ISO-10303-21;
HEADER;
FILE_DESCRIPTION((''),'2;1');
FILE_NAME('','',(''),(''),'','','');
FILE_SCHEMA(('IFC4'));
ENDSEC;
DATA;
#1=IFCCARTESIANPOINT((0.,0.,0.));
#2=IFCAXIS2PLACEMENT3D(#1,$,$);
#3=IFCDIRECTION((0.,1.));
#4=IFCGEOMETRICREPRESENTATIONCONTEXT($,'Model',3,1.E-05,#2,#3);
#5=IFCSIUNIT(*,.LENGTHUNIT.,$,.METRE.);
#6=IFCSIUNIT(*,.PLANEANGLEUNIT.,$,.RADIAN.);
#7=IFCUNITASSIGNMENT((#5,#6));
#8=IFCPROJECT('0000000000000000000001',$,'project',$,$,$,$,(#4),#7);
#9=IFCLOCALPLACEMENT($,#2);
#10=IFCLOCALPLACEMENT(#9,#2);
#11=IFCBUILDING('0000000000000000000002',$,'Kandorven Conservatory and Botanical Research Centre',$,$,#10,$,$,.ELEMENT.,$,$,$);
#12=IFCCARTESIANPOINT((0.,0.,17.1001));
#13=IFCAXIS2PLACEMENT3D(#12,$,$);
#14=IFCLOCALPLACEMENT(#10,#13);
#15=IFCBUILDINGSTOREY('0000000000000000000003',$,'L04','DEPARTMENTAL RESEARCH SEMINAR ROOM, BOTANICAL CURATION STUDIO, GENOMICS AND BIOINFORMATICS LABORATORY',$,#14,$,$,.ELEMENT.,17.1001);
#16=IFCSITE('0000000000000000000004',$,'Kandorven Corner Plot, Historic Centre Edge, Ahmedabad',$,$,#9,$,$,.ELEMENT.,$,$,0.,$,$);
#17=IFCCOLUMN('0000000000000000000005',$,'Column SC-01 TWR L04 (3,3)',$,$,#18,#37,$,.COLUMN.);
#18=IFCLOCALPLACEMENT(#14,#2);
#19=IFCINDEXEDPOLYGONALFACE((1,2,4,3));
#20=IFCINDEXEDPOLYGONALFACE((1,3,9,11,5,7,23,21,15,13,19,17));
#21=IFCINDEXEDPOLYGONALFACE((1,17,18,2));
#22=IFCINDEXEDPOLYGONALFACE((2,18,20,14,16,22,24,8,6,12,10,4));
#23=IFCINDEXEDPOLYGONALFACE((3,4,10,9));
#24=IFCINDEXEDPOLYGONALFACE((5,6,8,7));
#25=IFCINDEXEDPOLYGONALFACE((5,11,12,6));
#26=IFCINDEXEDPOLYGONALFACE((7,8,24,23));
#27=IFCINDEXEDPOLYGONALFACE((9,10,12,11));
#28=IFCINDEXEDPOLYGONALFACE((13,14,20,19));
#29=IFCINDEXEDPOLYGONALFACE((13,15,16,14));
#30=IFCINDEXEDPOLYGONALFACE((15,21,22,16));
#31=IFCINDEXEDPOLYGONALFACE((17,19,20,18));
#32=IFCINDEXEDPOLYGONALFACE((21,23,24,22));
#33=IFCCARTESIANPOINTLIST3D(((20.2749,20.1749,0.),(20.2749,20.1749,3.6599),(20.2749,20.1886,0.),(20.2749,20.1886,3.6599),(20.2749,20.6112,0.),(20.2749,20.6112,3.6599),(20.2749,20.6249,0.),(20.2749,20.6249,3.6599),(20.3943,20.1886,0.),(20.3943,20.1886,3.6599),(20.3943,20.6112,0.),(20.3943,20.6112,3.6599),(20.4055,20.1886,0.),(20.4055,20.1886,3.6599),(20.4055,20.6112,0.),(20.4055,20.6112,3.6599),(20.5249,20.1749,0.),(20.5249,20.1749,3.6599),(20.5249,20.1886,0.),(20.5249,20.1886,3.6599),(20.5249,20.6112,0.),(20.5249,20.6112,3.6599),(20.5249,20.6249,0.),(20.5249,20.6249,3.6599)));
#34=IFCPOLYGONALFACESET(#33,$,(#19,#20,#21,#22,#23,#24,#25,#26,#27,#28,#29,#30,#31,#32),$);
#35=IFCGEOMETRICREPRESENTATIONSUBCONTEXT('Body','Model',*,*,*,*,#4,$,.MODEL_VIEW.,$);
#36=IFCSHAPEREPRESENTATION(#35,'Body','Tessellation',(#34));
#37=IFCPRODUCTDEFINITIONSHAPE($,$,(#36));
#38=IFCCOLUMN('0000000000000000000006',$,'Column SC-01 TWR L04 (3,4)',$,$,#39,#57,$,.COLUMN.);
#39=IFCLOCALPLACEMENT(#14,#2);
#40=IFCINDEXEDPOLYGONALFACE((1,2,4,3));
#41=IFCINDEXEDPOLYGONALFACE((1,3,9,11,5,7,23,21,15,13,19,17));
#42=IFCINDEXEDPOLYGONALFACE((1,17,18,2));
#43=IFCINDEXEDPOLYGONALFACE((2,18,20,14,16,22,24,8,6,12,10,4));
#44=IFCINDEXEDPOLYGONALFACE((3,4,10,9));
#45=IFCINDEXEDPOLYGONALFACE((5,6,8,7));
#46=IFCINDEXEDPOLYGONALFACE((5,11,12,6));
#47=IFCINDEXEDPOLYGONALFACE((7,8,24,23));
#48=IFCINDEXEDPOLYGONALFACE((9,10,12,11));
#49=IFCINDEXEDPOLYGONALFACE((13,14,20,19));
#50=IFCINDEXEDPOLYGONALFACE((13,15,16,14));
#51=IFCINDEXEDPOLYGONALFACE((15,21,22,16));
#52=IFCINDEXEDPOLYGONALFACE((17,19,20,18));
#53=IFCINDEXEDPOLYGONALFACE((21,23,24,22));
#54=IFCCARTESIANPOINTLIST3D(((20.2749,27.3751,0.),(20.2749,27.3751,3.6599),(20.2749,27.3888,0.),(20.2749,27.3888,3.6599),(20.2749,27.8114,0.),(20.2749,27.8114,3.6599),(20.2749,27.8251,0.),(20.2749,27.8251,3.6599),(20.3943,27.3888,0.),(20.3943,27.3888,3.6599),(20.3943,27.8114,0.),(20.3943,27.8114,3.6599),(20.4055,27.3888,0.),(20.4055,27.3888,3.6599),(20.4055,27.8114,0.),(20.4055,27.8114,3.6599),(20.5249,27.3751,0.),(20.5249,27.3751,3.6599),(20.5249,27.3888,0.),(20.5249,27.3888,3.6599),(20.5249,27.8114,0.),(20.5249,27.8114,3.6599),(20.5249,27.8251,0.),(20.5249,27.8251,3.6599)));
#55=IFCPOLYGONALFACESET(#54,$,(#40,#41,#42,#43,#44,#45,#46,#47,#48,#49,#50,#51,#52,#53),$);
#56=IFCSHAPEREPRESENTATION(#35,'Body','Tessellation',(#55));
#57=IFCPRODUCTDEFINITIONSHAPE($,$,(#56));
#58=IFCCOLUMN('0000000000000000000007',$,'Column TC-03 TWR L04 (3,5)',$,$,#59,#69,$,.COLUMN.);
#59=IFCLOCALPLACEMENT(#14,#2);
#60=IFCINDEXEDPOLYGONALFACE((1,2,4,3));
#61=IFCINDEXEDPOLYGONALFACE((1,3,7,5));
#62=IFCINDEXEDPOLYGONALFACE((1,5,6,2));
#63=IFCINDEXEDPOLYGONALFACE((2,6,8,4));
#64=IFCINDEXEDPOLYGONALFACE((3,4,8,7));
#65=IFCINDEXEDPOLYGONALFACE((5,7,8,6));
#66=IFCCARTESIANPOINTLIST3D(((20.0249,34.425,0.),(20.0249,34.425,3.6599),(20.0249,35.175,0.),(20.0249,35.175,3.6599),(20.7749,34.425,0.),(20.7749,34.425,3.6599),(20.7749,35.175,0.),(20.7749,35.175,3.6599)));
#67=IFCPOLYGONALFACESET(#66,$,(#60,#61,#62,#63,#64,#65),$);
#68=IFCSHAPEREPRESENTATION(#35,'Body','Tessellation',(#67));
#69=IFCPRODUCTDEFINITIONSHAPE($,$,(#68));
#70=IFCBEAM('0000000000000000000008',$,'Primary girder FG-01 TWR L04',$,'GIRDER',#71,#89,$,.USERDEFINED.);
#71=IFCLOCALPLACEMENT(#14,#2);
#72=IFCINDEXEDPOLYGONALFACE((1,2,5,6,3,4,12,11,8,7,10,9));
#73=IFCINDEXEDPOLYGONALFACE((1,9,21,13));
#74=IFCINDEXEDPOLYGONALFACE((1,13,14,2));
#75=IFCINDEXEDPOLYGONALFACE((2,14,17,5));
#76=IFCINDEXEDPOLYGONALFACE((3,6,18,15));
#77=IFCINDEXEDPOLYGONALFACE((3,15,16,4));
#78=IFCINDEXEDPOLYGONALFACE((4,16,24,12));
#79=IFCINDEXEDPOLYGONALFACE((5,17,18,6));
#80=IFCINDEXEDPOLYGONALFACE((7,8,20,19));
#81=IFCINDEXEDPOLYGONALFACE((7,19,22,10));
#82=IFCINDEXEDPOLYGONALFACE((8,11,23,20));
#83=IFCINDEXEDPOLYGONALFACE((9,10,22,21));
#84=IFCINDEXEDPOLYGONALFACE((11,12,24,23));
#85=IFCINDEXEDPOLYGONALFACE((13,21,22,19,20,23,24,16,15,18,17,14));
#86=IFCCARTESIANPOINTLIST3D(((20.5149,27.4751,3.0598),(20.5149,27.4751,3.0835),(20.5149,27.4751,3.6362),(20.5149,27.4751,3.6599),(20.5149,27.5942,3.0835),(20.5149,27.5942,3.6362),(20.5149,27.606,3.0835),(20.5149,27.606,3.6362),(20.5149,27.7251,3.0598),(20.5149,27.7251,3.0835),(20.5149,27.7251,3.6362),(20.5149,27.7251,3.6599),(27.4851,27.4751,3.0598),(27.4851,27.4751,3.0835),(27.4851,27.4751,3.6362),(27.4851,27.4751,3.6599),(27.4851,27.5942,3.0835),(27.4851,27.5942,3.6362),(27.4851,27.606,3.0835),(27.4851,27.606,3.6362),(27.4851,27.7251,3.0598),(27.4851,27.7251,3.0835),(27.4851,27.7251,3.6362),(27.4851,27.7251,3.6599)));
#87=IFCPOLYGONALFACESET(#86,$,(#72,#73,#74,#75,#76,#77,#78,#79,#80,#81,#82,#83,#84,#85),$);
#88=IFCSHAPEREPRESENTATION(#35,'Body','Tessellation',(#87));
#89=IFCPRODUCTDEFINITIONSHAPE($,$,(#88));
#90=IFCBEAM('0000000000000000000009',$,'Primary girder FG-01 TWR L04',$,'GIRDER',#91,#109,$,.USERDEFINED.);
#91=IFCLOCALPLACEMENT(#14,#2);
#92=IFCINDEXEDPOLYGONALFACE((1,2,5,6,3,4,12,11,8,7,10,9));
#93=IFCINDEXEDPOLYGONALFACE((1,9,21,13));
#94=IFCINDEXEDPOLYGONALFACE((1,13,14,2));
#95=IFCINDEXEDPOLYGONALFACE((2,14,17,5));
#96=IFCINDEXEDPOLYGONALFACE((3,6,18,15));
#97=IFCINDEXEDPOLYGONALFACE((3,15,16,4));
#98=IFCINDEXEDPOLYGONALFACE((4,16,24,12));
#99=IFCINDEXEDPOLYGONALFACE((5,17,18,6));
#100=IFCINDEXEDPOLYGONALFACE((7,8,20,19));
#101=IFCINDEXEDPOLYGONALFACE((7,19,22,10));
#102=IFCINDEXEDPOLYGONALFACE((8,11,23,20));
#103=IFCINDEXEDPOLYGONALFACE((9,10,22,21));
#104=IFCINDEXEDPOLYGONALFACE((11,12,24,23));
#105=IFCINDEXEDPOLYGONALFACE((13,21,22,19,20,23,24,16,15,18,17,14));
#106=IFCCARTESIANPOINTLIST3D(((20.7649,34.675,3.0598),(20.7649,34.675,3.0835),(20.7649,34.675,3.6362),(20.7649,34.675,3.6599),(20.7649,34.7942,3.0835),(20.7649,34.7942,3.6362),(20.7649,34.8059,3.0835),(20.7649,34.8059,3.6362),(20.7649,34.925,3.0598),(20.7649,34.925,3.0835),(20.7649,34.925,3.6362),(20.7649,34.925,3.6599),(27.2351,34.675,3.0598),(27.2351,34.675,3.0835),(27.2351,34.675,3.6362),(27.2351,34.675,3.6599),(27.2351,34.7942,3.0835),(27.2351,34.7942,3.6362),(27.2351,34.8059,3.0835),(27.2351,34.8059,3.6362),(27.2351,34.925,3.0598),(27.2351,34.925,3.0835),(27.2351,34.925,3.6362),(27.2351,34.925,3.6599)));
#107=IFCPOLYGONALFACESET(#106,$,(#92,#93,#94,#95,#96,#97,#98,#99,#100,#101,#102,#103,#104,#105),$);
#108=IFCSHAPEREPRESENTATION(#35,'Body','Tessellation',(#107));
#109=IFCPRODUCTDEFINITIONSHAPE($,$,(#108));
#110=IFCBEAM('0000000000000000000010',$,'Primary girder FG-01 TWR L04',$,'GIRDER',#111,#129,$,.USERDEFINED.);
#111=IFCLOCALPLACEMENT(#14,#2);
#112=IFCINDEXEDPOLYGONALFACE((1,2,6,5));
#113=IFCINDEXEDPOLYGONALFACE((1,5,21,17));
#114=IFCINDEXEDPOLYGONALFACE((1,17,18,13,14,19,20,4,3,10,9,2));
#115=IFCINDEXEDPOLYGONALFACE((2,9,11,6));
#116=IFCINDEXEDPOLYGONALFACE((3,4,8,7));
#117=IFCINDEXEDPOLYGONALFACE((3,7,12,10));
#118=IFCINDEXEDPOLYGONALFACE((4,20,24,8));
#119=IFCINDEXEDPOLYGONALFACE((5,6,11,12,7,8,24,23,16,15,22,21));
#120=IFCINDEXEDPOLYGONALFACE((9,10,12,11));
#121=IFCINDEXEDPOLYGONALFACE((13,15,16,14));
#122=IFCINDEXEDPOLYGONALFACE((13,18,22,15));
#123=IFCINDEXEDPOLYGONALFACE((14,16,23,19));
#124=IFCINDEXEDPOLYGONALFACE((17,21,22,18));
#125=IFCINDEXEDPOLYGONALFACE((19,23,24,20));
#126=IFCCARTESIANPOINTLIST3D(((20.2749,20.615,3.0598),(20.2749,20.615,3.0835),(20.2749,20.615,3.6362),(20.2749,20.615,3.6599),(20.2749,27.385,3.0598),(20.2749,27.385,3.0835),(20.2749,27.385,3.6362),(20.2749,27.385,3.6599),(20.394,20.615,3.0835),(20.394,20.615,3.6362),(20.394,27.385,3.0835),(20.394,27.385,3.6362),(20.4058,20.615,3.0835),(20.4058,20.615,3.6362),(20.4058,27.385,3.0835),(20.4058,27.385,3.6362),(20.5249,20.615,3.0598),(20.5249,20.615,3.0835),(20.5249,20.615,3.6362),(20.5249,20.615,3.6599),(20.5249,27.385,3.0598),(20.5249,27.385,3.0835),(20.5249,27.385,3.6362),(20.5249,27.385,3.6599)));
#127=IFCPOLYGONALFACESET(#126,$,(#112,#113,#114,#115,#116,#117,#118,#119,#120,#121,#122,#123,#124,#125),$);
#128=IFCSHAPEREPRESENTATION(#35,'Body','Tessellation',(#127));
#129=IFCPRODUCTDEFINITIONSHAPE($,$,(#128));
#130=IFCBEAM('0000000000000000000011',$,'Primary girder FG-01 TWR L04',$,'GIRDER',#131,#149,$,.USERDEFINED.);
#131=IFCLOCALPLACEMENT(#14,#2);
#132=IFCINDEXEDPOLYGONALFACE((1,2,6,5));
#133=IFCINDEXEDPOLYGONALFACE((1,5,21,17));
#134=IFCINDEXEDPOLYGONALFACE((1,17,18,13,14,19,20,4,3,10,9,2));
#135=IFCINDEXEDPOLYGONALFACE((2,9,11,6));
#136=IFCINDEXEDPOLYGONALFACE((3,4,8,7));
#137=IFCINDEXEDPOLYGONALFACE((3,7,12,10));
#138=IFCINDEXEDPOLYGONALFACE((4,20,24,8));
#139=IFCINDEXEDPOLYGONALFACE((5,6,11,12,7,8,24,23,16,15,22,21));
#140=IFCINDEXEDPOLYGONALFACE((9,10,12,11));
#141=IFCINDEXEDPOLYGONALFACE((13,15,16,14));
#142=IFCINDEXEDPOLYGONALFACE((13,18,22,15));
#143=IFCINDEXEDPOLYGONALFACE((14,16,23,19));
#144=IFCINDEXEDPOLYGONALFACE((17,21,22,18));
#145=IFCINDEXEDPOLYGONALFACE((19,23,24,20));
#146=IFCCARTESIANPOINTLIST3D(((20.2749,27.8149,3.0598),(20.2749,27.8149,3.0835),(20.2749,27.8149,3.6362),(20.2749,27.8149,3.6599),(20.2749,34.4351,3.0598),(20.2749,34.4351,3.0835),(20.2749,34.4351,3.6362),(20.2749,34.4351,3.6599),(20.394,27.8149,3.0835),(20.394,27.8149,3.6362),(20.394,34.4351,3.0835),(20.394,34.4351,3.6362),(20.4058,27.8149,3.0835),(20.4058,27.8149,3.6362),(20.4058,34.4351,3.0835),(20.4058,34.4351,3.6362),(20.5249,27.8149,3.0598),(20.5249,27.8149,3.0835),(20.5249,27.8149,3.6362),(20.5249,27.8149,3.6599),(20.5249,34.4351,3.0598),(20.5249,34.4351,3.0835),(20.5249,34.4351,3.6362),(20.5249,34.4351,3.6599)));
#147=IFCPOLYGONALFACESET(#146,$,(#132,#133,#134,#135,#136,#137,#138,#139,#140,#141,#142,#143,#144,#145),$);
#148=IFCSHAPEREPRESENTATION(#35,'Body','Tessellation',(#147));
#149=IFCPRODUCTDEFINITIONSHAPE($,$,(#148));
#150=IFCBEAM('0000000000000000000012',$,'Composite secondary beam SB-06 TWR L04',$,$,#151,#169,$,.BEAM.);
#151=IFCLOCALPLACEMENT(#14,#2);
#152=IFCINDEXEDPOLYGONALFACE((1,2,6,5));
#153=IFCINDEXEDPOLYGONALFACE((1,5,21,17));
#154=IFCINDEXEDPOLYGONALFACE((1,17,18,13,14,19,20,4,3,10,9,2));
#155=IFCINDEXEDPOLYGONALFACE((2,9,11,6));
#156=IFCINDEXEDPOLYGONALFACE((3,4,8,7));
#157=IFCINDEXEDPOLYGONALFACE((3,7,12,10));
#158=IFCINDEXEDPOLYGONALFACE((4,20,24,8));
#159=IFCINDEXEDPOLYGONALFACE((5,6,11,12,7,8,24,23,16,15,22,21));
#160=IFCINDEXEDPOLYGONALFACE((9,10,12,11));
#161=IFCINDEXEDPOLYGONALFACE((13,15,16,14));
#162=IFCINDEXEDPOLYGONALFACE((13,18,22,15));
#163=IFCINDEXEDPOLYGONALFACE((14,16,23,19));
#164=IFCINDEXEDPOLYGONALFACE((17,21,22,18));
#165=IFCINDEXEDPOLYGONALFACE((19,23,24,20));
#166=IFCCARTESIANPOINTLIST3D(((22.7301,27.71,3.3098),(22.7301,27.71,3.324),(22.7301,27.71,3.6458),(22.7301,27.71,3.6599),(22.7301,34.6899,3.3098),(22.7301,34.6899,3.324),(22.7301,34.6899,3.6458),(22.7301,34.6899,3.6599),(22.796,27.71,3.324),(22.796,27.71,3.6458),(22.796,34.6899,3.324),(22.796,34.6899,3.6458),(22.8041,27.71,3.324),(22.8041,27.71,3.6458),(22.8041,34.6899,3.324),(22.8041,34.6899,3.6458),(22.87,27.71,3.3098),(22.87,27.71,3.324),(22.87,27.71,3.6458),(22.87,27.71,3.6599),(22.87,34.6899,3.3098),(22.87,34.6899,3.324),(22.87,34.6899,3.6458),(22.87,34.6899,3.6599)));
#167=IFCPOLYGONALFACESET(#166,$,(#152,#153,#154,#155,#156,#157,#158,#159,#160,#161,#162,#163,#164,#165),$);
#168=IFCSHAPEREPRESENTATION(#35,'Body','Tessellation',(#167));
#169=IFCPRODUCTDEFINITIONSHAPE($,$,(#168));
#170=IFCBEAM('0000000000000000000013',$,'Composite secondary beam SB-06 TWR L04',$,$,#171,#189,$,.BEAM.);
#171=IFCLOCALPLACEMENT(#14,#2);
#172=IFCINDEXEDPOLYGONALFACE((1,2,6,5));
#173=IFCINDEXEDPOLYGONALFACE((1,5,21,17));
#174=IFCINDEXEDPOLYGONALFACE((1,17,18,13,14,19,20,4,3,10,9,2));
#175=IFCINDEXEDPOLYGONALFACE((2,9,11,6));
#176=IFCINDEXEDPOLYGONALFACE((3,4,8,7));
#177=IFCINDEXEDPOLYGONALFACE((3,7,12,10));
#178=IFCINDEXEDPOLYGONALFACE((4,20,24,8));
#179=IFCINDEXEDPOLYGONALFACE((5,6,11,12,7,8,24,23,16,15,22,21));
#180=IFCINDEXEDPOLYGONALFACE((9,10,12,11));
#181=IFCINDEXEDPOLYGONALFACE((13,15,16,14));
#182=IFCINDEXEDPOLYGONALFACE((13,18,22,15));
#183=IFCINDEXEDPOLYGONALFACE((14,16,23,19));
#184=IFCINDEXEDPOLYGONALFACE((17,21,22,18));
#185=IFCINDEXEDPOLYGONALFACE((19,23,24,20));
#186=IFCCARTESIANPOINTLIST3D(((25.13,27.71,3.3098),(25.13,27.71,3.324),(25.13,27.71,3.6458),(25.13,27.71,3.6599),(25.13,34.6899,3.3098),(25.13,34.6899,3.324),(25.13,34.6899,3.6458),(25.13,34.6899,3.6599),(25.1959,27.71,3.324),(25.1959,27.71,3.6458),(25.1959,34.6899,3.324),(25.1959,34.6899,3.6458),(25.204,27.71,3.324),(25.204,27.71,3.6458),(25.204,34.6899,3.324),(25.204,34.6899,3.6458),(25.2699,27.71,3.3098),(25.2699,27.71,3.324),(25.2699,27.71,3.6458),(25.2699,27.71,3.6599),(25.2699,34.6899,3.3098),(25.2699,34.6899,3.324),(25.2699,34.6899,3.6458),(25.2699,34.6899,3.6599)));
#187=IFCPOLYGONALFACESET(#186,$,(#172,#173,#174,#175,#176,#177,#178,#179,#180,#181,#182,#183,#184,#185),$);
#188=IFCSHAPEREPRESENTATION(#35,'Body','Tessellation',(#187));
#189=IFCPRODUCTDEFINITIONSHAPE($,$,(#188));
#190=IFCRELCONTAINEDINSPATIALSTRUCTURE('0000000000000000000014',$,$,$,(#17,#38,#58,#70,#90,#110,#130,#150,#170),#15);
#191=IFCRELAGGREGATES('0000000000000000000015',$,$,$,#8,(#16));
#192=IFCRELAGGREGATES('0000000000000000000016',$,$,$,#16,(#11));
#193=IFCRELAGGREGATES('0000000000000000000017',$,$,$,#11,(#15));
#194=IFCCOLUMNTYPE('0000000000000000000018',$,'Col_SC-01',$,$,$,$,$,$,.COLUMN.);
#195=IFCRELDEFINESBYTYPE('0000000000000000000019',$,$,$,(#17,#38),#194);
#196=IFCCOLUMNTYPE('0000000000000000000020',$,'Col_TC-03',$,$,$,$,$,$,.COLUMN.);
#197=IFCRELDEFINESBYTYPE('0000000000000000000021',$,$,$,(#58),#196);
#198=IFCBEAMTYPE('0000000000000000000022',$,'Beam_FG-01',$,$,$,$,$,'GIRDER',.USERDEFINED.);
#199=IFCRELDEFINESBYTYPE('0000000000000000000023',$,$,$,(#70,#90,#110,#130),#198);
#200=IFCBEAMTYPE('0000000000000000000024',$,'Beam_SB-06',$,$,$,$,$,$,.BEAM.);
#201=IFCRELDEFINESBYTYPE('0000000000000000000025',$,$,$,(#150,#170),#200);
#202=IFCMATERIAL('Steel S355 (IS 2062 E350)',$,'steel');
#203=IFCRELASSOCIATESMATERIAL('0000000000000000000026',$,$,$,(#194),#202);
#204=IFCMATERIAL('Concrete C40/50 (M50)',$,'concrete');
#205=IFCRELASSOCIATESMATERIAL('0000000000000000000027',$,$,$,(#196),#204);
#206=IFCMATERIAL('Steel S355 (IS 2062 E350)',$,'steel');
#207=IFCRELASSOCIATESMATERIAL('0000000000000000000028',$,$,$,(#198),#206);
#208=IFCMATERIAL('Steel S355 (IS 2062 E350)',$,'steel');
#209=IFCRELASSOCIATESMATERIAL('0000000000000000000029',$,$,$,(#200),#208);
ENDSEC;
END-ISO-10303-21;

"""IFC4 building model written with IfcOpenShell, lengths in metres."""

from ifc_helpers import new_model, si_unit, direction, frame, origin, origin_2d, place, context, subcontext, project, spatial, rectangle, i_section, extrude, material, material_profile, profile_set, type_object, element, save


model = new_model("IFC4")

# Units and contexts
model_context = context("Model", 3, precision=1e-05, world=origin(), true_north=direction((0.0, 1.0)))
body_context = subcontext(model_context, "Body", "Model", "MODEL_VIEW")
ifc_project = project(units=[si_unit("LENGTHUNIT", "METRE"), si_unit("PLANEANGLEUNIT", "RADIAN")], contexts=[model_context])

# Site, building, storey
site_placement = place(None, origin())
site = spatial("IfcSite", under=ifc_project, at=site_placement, Name="Kandorven Corner Plot, Historic Centre Edge, Ahmedabad", CompositionType="ELEMENT", RefElevation=0.0)
building_placement = place(site_placement, origin())
building = spatial("IfcBuilding", under=site, at=building_placement, Name="Kandorven Conservatory and Botanical Research Centre", CompositionType="ELEMENT")
storey_placement = place(building_placement, frame((0.0, 0.0, 17.1001)))
storey = spatial("IfcBuildingStorey", under=building, at=storey_placement, Name="L04", Description="DEPARTMENTAL RESEARCH SEMINAR ROOM, BOTANICAL CURATION STUDIO, GENOMICS AND BIOINFORMATICS LABORATORY", CompositionType="ELEMENT", Elevation=17.1001)

# Columns
ifc_material_1 = material(Name="Steel S355 (IS 2062 E350)", Category="steel")
ifc_material_profile_1 = material_profile(ifc_material_1, i_section(OverallWidth=0.25, OverallDepth=0.45, WebThickness=0.0112, FlangeThickness=0.0137, at=origin_2d()))
ifc_profile_set_1 = profile_set([ifc_material_profile_1], Name="Steel S355 (IS 2062 E350)")
column_type_1 = type_object("IfcColumnType", Name="Col_SC-01", PredefinedType="COLUMN", material=ifc_profile_set_1)
for number, where, z_axis, x_axis, name in (
    (1, (20.3999, 20.3999, 0.0), (0.0, 0.0, 1.0), (1.0, 0.0, 0.0), "Column SC-01 TWR L04 (3,3)"),
    (2, (20.3999, 27.6001, 0.0), (0.0, 0.0, 1.0), (1.0, 0.0, 0.0), "Column SC-01 TWR L04 (3,4)"),
):
    element("IfcColumn", number, at=place(storey_placement, frame(where, z_axis=z_axis, x_axis=x_axis)), inside=storey, type_object=column_type_1, Name=name, PredefinedType="COLUMN", context=body_context, shape_type="SweptSolid", body=[
        extrude(i_section(OverallWidth=0.25, OverallDepth=0.45, WebThickness=0.0112, FlangeThickness=0.0137, at=origin_2d()), origin(), (0.0, 0.0, 1.0), 3.6599),
    ])
ifc_material_2 = material(Name="Concrete C40/50 (M50)", Category="concrete")
ifc_material_profile_2 = material_profile(ifc_material_2, rectangle(XDim=0.75, YDim=0.75, at=origin_2d()))
ifc_profile_set_2 = profile_set([ifc_material_profile_2], Name="Concrete C40/50 (M50)")
column_type_2 = type_object("IfcColumnType", Name="Col_TC-03", PredefinedType="COLUMN", material=ifc_profile_set_2)
column_placement = place(storey_placement, frame((20.3999, 34.8, 0.0), z_axis=(0.0, 0.0, 1.0), x_axis=(1.0, 0.0, 0.0)))
element("IfcColumn", 3, at=column_placement, inside=storey, type_object=column_type_2, Name="Column TC-03 TWR L04 (3,5)", PredefinedType="COLUMN", context=body_context, shape_type="SweptSolid", body=[
    extrude(rectangle(XDim=0.75, YDim=0.75, at=origin_2d()), origin(), (0.0, 0.0, 1.0), 3.6599),
])

# Beams
ifc_material_3 = material(Name="Steel S355 (IS 2062 E350)", Category="steel")
ifc_material_profile_3 = material_profile(ifc_material_3, i_section(OverallWidth=0.25, OverallDepth=0.6001, WebThickness=0.0117, FlangeThickness=0.0237, at=origin_2d()))
ifc_profile_set_3 = profile_set([ifc_material_profile_3], Name="Steel S355 (IS 2062 E350)")
beam_type_1 = type_object("IfcBeamType", Name="Beam_FG-01", ElementType="GIRDER", PredefinedType="USERDEFINED", material=ifc_profile_set_3)
beam_1_placement = place(storey_placement, frame((20.5149, 27.6001, 3.3599), z_axis=(1.0, 0.0, 0.0), x_axis=(0.0, 1.0, 0.0)))
element("IfcBeam", 4, at=beam_1_placement, inside=storey, type_object=beam_type_1, Name="Primary girder FG-01 TWR L04", ObjectType="GIRDER", PredefinedType="USERDEFINED", context=body_context, shape_type="SweptSolid", body=[
    extrude(i_section(OverallWidth=0.25, OverallDepth=0.6001, WebThickness=0.0117, FlangeThickness=0.0237, at=origin_2d()), origin(), (0.0, 0.0, 1.0), 6.9702),
])
beam_2_placement = place(storey_placement, frame((20.7649, 34.8, 3.3599), z_axis=(1.0, 0.0, 0.0), x_axis=(0.0, 1.0, 0.0)))
element("IfcBeam", 5, at=beam_2_placement, inside=storey, type_object=beam_type_1, Name="Primary girder FG-01 TWR L04", ObjectType="GIRDER", PredefinedType="USERDEFINED", context=body_context, shape_type="SweptSolid", body=[
    extrude(i_section(OverallWidth=0.25, OverallDepth=0.6001, WebThickness=0.0117, FlangeThickness=0.0237, at=origin_2d()), origin(), (0.0, 0.0, 1.0), 6.4702),
])
beam_3_placement = place(storey_placement, frame((20.3999, 20.615, 3.3599), z_axis=(0.0, 1.0, 0.0), x_axis=(-1.0, 0.0, 0.0)))
element("IfcBeam", 6, at=beam_3_placement, inside=storey, type_object=beam_type_1, Name="Primary girder FG-01 TWR L04", ObjectType="GIRDER", PredefinedType="USERDEFINED", context=body_context, shape_type="SweptSolid", body=[
    extrude(i_section(OverallWidth=0.25, OverallDepth=0.6001, WebThickness=0.0117, FlangeThickness=0.0237, at=origin_2d()), origin(), (0.0, 0.0, 1.0), 6.77),
])
beam_4_placement = place(storey_placement, frame((20.3999, 27.8149, 3.3599), z_axis=(0.0, 1.0, 0.0), x_axis=(-1.0, 0.0, 0.0)))
element("IfcBeam", 7, at=beam_4_placement, inside=storey, type_object=beam_type_1, Name="Primary girder FG-01 TWR L04", ObjectType="GIRDER", PredefinedType="USERDEFINED", context=body_context, shape_type="SweptSolid", body=[
    extrude(i_section(OverallWidth=0.25, OverallDepth=0.6001, WebThickness=0.0117, FlangeThickness=0.0237, at=origin_2d()), origin(), (0.0, 0.0, 1.0), 6.6201),
])
ifc_material_4 = material(Name="Steel S355 (IS 2062 E350)", Category="steel")
ifc_material_profile_4 = material_profile(ifc_material_4, i_section(OverallWidth=0.1399, OverallDepth=0.3501, WebThickness=0.0081, FlangeThickness=0.0142, at=origin_2d()))
ifc_profile_set_4 = profile_set([ifc_material_profile_4], Name="Steel S355 (IS 2062 E350)")
beam_type_2 = type_object("IfcBeamType", Name="Beam_SB-06", PredefinedType="BEAM", material=ifc_profile_set_4)
for number, where, z_axis, x_axis, name in (
    (8, (22.8, 27.71, 3.4849), (0.0, 1.0, 0.0), (-1.0, 0.0, 0.0), "Composite secondary beam SB-06 TWR L04"),
    (9, (25.2, 27.71, 3.4849), (0.0, 1.0, 0.0), (-1.0, 0.0, 0.0), "Composite secondary beam SB-06 TWR L04"),
):
    element("IfcBeam", number, at=place(storey_placement, frame(where, z_axis=z_axis, x_axis=x_axis)), inside=storey, type_object=beam_type_2, Name=name, PredefinedType="BEAM", context=body_context, shape_type="SweptSolid", body=[
        extrude(i_section(OverallWidth=0.1399, OverallDepth=0.3501, WebThickness=0.0081, FlangeThickness=0.0142, at=origin_2d()), origin(), (0.0, 0.0, 1.0), 6.98),
    ])

save(model, "model.ifc")
